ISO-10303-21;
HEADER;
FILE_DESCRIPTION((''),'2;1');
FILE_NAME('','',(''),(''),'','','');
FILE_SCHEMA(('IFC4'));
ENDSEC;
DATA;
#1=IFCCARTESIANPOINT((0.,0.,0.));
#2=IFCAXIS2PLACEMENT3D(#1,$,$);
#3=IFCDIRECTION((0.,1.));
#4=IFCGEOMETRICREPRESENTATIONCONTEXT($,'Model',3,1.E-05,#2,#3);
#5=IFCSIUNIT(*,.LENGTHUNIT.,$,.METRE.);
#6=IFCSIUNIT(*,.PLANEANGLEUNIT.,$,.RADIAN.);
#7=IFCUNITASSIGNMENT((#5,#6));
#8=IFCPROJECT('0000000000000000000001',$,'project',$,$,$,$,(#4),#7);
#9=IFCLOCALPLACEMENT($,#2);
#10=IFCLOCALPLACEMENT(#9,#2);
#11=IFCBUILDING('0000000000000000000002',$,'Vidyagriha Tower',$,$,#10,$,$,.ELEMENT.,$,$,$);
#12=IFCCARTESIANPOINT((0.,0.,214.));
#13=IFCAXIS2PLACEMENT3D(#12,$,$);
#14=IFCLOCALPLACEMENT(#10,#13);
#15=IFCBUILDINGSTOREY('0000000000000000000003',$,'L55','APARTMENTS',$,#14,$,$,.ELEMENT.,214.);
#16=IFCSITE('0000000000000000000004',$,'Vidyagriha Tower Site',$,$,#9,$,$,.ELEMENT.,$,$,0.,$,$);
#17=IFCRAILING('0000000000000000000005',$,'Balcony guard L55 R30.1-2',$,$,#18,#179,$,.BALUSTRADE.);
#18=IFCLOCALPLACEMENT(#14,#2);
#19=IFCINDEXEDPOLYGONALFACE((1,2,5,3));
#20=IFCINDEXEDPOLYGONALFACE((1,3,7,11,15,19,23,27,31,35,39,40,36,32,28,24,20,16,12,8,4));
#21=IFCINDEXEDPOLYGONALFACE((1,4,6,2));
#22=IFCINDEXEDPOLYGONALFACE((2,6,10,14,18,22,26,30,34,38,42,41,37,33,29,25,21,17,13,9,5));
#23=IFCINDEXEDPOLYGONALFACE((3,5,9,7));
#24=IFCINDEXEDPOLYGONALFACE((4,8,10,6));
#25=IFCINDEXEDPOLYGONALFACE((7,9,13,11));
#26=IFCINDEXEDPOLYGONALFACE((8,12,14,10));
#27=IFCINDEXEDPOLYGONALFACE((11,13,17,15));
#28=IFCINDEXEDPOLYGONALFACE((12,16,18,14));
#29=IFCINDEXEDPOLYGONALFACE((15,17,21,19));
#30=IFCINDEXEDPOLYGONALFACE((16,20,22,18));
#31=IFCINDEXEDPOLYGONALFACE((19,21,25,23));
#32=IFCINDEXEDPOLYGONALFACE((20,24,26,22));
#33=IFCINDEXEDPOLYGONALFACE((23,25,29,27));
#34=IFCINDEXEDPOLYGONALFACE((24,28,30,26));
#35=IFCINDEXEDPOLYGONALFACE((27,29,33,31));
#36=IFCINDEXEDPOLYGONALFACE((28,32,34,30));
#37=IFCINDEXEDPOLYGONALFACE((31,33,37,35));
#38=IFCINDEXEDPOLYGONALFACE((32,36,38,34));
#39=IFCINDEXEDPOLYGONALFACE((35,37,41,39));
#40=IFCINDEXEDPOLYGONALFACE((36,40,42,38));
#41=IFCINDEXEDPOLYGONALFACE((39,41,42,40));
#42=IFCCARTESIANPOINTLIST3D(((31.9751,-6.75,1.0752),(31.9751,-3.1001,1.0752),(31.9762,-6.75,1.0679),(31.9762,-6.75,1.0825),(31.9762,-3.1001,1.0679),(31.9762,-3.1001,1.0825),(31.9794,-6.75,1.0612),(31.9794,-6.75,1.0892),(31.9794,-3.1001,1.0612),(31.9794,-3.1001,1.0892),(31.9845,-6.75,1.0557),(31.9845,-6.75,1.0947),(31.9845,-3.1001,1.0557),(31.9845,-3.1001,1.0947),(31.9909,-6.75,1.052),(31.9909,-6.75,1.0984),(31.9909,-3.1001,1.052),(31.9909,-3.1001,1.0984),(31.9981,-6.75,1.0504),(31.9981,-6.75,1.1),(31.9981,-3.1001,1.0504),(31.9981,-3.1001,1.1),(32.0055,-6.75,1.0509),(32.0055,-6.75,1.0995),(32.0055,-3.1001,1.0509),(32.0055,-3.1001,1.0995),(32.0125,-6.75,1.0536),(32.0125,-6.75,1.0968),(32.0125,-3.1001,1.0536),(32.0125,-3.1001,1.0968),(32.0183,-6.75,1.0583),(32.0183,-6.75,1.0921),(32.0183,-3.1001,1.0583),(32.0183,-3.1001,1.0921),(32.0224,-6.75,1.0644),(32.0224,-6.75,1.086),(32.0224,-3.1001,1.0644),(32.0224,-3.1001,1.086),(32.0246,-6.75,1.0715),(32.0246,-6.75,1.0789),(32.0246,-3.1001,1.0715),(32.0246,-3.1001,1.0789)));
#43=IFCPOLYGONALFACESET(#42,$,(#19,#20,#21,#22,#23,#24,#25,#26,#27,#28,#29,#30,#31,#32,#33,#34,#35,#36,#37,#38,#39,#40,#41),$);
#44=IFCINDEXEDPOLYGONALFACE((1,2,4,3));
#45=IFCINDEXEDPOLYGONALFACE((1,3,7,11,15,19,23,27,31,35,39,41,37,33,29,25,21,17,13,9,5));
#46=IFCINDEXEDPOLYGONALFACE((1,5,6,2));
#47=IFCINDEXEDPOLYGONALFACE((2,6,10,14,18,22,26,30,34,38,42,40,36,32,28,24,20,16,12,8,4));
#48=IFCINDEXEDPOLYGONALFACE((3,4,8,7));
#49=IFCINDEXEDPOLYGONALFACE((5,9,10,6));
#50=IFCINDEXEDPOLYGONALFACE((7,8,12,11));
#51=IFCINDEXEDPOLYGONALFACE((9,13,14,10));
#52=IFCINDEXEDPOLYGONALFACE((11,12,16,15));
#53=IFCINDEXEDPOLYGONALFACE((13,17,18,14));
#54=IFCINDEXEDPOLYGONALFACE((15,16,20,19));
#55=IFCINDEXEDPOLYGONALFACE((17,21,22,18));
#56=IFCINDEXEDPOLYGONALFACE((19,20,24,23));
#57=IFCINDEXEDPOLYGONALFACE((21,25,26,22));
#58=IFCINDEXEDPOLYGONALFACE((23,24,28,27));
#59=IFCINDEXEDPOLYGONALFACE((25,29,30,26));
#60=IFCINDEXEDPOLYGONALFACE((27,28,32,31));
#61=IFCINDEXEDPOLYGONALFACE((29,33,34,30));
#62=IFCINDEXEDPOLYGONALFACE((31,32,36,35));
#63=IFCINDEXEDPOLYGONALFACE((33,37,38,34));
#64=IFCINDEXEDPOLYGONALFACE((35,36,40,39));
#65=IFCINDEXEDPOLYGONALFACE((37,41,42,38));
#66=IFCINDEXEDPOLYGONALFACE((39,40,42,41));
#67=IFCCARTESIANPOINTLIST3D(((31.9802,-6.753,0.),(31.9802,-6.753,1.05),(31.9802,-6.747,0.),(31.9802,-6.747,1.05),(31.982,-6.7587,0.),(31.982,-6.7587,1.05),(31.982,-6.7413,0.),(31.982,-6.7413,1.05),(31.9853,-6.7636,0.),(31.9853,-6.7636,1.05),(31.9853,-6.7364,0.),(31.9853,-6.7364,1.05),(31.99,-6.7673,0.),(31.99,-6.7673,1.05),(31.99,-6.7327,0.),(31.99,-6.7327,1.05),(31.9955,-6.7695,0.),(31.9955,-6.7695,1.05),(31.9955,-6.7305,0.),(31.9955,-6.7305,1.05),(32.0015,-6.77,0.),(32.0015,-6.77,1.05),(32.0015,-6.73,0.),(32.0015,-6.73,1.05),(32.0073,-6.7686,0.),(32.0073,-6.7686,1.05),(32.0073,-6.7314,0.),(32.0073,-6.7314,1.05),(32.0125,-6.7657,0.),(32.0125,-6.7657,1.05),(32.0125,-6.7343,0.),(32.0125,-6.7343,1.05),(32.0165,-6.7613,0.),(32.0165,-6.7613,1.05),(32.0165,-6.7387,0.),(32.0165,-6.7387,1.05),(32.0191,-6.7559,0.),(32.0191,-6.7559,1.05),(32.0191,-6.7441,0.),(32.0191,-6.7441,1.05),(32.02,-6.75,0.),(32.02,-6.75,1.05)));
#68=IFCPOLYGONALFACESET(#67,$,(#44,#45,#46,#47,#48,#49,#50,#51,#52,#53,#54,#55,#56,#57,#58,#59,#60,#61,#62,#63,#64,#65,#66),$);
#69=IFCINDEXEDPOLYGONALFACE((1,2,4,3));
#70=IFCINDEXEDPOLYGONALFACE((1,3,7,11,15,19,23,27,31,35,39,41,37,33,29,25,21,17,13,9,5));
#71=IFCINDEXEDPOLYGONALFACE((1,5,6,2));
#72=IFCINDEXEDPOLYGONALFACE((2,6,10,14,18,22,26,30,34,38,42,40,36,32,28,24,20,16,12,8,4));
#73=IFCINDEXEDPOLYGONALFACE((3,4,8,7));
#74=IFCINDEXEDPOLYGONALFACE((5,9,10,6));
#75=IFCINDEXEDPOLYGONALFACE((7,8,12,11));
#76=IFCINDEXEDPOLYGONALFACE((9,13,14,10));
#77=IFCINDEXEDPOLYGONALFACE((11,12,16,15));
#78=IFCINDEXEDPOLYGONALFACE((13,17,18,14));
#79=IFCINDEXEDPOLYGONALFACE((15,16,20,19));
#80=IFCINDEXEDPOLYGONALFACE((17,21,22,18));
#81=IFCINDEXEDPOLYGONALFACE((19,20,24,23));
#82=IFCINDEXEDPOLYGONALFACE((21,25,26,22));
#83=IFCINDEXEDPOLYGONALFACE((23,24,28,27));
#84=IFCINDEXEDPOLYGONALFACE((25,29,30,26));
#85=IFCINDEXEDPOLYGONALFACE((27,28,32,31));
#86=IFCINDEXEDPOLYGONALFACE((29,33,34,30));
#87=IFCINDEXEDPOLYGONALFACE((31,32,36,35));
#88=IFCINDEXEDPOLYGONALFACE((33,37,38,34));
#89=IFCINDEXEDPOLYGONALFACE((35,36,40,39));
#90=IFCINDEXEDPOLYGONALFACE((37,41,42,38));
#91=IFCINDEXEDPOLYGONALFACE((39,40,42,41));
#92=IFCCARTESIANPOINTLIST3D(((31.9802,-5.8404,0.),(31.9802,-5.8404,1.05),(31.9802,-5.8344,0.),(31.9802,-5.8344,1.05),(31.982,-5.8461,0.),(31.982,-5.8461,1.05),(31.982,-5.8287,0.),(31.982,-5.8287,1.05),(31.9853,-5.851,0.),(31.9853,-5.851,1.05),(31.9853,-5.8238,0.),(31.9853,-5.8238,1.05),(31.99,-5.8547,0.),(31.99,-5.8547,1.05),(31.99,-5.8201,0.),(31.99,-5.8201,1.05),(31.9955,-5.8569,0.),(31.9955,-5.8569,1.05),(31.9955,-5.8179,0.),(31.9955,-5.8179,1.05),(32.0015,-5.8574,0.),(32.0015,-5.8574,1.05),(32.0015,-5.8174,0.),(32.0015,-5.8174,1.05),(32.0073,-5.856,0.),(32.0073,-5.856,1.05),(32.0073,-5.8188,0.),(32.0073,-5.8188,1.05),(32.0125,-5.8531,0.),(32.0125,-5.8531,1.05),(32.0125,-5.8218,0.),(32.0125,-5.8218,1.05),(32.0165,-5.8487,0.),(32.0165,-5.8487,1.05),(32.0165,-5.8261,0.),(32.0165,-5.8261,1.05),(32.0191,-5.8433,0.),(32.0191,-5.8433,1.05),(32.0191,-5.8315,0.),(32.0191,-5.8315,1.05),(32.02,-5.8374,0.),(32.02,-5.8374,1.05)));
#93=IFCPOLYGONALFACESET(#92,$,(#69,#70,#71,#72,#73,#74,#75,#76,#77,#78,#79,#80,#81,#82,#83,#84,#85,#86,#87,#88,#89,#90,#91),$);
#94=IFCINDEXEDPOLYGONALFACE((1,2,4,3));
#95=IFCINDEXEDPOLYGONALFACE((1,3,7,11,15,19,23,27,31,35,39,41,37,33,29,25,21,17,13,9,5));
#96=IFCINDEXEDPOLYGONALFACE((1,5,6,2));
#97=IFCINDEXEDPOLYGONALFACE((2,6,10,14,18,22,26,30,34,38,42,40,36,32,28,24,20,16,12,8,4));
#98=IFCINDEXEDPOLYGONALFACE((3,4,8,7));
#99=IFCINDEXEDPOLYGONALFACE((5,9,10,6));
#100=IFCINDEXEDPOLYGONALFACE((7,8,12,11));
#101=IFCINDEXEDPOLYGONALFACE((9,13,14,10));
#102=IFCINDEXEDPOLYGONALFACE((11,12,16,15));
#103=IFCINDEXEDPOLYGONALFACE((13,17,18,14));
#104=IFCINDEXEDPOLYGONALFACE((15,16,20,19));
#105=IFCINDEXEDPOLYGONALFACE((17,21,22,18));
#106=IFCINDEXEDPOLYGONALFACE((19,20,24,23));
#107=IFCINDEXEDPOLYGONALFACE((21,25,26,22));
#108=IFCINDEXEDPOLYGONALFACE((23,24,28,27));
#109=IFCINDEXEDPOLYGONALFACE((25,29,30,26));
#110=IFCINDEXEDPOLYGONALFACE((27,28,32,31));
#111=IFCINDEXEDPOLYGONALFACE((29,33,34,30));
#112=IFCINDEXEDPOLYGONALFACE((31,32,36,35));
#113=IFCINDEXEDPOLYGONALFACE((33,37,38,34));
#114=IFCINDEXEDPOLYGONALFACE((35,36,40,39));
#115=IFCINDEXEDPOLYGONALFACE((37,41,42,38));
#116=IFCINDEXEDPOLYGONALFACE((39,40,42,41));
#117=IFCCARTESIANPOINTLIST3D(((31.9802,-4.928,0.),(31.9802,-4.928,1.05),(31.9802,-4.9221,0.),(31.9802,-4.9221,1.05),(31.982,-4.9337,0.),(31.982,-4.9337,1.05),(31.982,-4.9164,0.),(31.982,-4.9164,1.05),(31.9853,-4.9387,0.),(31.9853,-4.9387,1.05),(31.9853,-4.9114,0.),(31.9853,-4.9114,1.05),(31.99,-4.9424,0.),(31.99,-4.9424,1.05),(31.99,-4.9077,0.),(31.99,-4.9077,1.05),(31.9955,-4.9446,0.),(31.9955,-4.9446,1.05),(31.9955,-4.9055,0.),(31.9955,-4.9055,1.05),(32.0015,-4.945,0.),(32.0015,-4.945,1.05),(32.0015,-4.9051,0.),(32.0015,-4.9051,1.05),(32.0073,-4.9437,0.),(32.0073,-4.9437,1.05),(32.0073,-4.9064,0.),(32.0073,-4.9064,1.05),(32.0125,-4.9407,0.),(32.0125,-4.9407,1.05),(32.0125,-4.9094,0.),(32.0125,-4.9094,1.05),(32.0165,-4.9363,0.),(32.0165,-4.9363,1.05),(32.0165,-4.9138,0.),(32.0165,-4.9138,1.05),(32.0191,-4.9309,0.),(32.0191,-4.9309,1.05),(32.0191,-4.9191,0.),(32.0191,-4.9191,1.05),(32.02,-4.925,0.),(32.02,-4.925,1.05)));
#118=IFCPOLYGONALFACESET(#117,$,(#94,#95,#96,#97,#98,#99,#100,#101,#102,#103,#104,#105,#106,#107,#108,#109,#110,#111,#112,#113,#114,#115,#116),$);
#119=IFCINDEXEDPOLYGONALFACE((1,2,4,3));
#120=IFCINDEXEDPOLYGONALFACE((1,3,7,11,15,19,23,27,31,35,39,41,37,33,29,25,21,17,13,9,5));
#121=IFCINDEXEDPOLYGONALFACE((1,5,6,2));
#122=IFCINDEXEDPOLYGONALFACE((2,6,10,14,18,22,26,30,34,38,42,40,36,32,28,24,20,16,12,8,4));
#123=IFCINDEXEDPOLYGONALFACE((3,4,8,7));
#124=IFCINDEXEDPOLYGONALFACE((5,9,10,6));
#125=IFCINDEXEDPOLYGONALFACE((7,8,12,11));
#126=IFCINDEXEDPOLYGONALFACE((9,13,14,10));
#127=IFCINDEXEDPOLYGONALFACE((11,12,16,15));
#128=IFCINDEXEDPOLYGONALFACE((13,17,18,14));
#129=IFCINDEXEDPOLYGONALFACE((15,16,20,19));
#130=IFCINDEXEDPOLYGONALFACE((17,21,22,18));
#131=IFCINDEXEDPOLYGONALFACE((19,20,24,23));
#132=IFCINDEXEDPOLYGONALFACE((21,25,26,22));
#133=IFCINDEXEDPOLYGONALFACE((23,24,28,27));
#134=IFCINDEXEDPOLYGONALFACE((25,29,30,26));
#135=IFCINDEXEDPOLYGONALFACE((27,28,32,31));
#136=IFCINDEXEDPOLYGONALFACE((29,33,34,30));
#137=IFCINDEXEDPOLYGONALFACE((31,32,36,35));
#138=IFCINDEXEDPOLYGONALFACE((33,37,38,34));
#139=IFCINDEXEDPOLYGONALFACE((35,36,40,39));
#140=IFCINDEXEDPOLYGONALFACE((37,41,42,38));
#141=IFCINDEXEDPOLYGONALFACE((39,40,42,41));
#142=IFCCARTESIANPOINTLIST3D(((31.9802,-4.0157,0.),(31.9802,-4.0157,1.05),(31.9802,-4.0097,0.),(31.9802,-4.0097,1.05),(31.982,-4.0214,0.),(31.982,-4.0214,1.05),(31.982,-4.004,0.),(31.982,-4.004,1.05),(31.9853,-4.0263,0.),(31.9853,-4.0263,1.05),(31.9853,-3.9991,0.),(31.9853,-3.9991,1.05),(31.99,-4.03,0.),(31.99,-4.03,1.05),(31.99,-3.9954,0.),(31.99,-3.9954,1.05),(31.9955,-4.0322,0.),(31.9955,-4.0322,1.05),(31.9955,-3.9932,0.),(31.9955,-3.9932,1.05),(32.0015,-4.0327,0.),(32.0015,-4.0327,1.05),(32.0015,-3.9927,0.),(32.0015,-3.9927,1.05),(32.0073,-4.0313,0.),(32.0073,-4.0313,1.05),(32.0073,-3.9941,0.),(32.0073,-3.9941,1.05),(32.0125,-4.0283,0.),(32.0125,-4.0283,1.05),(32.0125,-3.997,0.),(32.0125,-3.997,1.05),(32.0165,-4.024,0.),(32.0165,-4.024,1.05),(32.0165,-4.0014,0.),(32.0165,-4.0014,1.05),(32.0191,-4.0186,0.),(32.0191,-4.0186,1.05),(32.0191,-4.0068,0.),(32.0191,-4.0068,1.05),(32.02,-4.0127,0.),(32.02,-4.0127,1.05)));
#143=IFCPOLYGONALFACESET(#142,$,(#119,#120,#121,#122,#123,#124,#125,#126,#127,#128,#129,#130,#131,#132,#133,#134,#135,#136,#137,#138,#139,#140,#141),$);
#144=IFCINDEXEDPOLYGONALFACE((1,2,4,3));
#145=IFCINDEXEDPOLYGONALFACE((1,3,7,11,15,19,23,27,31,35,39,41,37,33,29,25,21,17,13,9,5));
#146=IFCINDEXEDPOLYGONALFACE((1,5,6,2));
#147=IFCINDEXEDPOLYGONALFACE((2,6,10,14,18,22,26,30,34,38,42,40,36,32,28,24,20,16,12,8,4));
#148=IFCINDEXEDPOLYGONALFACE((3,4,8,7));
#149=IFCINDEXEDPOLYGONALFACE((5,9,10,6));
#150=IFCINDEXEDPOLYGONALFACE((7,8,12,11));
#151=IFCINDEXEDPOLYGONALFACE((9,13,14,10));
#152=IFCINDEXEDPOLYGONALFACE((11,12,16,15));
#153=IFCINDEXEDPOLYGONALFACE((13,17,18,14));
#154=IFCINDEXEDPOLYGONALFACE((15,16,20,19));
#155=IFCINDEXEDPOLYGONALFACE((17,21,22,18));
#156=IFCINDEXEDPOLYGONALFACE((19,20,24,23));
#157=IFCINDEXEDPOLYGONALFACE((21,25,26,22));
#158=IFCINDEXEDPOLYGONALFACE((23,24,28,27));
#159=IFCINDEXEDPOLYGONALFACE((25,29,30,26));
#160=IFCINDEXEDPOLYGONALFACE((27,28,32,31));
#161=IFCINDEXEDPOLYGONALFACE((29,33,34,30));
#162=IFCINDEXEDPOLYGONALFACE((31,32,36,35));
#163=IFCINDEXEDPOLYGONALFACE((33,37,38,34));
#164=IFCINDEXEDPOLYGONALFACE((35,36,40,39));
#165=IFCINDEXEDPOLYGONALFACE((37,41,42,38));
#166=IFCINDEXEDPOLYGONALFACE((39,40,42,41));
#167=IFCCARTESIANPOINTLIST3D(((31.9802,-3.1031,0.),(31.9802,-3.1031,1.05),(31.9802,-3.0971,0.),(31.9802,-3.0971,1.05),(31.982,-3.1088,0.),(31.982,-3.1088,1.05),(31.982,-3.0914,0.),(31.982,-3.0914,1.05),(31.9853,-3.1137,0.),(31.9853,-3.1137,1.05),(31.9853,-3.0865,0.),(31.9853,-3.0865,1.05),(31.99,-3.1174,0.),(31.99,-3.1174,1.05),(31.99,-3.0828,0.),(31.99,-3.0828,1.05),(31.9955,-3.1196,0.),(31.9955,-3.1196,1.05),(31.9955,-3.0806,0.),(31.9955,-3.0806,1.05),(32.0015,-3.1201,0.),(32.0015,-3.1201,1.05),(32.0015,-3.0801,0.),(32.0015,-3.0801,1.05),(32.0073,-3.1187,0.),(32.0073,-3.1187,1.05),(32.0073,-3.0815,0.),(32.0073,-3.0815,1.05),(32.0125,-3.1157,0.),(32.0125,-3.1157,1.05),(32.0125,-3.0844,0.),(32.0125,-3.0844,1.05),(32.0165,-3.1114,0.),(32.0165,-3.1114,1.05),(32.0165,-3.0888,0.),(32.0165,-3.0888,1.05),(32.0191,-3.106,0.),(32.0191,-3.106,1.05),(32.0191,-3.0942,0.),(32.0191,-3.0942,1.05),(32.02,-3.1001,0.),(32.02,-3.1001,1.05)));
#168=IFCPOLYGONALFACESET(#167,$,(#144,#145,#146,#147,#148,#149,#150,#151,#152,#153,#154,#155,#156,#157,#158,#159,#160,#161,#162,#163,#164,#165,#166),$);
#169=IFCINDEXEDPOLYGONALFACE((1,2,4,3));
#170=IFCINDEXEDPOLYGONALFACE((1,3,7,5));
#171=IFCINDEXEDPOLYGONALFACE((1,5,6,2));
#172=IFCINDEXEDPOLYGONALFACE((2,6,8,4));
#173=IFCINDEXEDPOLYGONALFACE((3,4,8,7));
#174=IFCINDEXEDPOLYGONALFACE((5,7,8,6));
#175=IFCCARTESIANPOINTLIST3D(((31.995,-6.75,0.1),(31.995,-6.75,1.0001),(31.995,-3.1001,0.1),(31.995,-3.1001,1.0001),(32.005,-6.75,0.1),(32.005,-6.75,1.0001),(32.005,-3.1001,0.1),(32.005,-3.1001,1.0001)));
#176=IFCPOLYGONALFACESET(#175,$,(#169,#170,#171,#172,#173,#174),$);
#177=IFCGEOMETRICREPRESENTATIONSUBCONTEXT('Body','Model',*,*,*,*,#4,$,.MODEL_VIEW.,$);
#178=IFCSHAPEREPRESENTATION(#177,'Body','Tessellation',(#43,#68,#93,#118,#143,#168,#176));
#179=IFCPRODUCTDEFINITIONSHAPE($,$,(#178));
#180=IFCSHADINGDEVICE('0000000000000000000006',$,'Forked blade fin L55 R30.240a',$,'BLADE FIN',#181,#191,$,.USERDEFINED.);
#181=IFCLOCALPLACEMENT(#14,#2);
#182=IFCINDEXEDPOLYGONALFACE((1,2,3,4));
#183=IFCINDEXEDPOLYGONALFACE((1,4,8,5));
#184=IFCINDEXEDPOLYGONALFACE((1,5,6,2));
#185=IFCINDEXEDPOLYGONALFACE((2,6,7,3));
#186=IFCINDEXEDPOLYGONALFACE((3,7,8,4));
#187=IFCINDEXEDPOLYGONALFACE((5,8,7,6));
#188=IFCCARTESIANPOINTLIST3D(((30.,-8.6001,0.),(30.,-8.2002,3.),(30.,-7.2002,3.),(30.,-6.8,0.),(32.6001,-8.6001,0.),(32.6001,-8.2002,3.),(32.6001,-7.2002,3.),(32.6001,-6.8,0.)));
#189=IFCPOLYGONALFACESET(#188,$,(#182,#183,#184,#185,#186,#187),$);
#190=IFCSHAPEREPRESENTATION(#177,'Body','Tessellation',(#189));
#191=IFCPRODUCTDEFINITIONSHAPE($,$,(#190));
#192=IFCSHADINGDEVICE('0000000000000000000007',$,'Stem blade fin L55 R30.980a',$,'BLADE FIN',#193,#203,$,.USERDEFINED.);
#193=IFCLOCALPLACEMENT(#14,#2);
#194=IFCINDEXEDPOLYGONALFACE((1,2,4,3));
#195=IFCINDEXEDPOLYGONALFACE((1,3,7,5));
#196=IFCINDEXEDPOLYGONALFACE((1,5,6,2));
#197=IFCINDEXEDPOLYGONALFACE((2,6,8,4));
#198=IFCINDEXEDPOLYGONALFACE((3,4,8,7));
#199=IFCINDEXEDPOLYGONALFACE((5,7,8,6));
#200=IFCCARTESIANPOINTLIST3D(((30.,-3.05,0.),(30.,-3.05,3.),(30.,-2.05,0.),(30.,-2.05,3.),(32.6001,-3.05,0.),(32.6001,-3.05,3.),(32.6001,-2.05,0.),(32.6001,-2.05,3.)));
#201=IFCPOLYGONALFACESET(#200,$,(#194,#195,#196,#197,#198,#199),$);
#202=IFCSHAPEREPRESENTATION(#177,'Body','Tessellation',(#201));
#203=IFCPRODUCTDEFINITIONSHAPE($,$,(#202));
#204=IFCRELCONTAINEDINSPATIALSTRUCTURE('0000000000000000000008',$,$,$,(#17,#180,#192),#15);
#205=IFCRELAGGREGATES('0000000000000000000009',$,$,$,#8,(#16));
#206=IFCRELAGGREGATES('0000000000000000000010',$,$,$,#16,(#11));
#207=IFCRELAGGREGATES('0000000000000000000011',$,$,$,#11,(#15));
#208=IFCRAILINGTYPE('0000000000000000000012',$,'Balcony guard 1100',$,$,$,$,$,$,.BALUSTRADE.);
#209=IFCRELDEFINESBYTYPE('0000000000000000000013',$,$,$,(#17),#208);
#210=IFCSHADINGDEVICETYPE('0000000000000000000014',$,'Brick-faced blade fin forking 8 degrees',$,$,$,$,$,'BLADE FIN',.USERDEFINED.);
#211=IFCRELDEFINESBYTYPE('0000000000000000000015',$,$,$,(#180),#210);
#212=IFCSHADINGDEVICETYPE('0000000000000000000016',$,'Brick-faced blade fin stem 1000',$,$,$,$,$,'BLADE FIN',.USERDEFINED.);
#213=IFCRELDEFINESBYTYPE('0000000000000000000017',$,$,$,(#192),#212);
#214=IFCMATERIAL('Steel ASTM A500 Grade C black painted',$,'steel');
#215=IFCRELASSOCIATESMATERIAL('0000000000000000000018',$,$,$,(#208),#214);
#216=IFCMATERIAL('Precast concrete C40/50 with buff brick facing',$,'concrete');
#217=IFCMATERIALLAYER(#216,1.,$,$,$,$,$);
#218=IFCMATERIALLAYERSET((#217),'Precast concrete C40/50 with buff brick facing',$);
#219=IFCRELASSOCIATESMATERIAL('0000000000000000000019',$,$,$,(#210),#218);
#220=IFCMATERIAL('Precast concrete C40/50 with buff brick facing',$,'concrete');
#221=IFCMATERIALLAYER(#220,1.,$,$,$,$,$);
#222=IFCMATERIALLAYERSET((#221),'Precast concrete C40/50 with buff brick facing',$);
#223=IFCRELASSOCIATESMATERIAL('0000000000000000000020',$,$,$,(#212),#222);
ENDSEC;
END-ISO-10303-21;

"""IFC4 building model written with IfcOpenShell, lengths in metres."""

from ifc_helpers import new_model, si_unit, direction, frame, origin, origin_2d, place, context, subcontext, project, spatial, polyline, rectangle, circle, outline, extrude, material, layer, layer_set, type_object, element, save


model = new_model("IFC4")

# Units and contexts
model_context = context("Model", 3, precision=1e-05, world=origin(), true_north=direction((0.0, 1.0)))
body_context = subcontext(model_context, "Body", "Model", "MODEL_VIEW")
ifc_project = project(units=[si_unit("LENGTHUNIT", "METRE"), si_unit("PLANEANGLEUNIT", "RADIAN")], contexts=[model_context])

# Site, building, storey
site_placement = place(None, origin())
site = spatial("IfcSite", under=ifc_project, at=site_placement, Name="Vidyagriha Tower Site", CompositionType="ELEMENT", RefElevation=0.0)
building_placement = place(site_placement, origin())
building = spatial("IfcBuilding", under=site, at=building_placement, Name="Vidyagriha Tower", CompositionType="ELEMENT")
storey_placement = place(building_placement, frame((0.0, 0.0, 214.0)))
storey = spatial("IfcBuildingStorey", under=building, at=storey_placement, Name="L55", Description="APARTMENTS", CompositionType="ELEMENT", Elevation=214.0)

# Railing
ifc_material_1 = material(Name="Steel ASTM A500 Grade C black painted", Category="steel")
railing_type = type_object("IfcRailingType", Name="Balcony guard 1100", PredefinedType="BALUSTRADE", material=ifc_material_1)
railing_1_placement = place(storey_placement, frame((32.0, -6.75, 0.0)))
element("IfcRailing", 1, at=railing_1_placement, inside=storey, type_object=railing_type, Name="Balcony guard L55 R30.1-2", PredefinedType="BALUSTRADE", context=body_context, shape_type="SweptSolid", body=[
    extrude(circle(Radius=0.0249, at=origin_2d()), frame((0.0, 0.0, 1.0752), z_axis=(0.0, 1.0, 0.0), x_axis=(-1.0, 0.0, 0.0)), (0.0, 0.0, 1.0), 3.6499),
    extrude(circle(Radius=0.02, at=origin_2d()), origin(), (0.0, 0.0, 1.0), 1.05),
    extrude(circle(Radius=0.02, at=origin_2d()), frame((0.0, 0.9126, 0.0)), (0.0, 0.0, 1.0), 1.05),
    extrude(circle(Radius=0.02, at=origin_2d()), frame((0.0, 1.825, 0.0)), (0.0, 0.0, 1.0), 1.05),
    extrude(circle(Radius=0.02, at=origin_2d()), frame((0.0, 2.7373, 0.0)), (0.0, 0.0, 1.0), 1.05),
    extrude(circle(Radius=0.02, at=origin_2d()), frame((0.0, 3.6499, 0.0)), (0.0, 0.0, 1.0), 1.05),
    extrude(rectangle(XDim=0.01, YDim=0.9001, at=origin_2d()), frame((0.0, 0.0, 0.55), z_axis=(0.0, 1.0, 0.0), x_axis=(-1.0, 0.0, 0.0)), (0.0, 0.0, 1.0), 3.6499),
])

# Shading devices
ifc_material_2 = material(Name="Precast concrete C40/50 with buff brick facing", Category="concrete")
ifc_layer_1 = layer(ifc_material_2, 1.0)
ifc_layer_set_1 = layer_set([ifc_layer_1], Name="Precast concrete C40/50 with buff brick facing")
shading_device_type_1 = type_object("IfcShadingDeviceType", Name="Brick-faced blade fin forking 8 degrees", ElementType="BLADE FIN", PredefinedType="USERDEFINED", material=ifc_layer_set_1)
shading_device_1_placement = place(storey_placement, frame((31.3, -8.6001, 0.0), z_axis=(0.0, 0.0, 1.0), x_axis=(0.0, 1.0, 0.0)))
element("IfcShadingDevice", 2, at=shading_device_1_placement, inside=storey, type_object=shading_device_type_1, Name="Forked blade fin L55 R30.240a", ObjectType="BLADE FIN", PredefinedType="USERDEFINED", context=body_context, shape_type="SweptSolid", body=[
    extrude(outline(polyline([(0.0, 0.0), (1.8, 0.0), (1.3999, 3.0), (0.3999, 3.0), (0.0, 0.0)])), frame((0.0, 1.3, 0.0), z_axis=(0.0, -1.0, 0.0), x_axis=(1.0, 0.0, 0.0)), (0.0, 0.0, 1.0), 2.6001),
])
ifc_material_3 = material(Name="Precast concrete C40/50 with buff brick facing", Category="concrete")
ifc_layer_2 = layer(ifc_material_3, 1.0)
ifc_layer_set_2 = layer_set([ifc_layer_2], Name="Precast concrete C40/50 with buff brick facing")
shading_device_type_2 = type_object("IfcShadingDeviceType", Name="Brick-faced blade fin stem 1000", ElementType="BLADE FIN", PredefinedType="USERDEFINED", material=ifc_layer_set_2)
shading_device_2_placement = place(storey_placement, frame((31.3, -3.05, 0.0), z_axis=(0.0, 0.0, 1.0), x_axis=(0.0, 1.0, 0.0)))
element("IfcShadingDevice", 3, at=shading_device_2_placement, inside=storey, type_object=shading_device_type_2, Name="Stem blade fin L55 R30.980a", ObjectType="BLADE FIN", PredefinedType="USERDEFINED", context=body_context, shape_type="SweptSolid", body=[
    extrude(outline(polyline([(0.0, 0.0), (1.0, 0.0), (1.0, 3.0), (0.0, 3.0), (0.0, 0.0)])), frame((0.0, 1.3, 0.0), z_axis=(0.0, -1.0, 0.0), x_axis=(1.0, 0.0, 0.0)), (0.0, 0.0, 1.0), 2.6001),
])

save(model, "model.ifc")
